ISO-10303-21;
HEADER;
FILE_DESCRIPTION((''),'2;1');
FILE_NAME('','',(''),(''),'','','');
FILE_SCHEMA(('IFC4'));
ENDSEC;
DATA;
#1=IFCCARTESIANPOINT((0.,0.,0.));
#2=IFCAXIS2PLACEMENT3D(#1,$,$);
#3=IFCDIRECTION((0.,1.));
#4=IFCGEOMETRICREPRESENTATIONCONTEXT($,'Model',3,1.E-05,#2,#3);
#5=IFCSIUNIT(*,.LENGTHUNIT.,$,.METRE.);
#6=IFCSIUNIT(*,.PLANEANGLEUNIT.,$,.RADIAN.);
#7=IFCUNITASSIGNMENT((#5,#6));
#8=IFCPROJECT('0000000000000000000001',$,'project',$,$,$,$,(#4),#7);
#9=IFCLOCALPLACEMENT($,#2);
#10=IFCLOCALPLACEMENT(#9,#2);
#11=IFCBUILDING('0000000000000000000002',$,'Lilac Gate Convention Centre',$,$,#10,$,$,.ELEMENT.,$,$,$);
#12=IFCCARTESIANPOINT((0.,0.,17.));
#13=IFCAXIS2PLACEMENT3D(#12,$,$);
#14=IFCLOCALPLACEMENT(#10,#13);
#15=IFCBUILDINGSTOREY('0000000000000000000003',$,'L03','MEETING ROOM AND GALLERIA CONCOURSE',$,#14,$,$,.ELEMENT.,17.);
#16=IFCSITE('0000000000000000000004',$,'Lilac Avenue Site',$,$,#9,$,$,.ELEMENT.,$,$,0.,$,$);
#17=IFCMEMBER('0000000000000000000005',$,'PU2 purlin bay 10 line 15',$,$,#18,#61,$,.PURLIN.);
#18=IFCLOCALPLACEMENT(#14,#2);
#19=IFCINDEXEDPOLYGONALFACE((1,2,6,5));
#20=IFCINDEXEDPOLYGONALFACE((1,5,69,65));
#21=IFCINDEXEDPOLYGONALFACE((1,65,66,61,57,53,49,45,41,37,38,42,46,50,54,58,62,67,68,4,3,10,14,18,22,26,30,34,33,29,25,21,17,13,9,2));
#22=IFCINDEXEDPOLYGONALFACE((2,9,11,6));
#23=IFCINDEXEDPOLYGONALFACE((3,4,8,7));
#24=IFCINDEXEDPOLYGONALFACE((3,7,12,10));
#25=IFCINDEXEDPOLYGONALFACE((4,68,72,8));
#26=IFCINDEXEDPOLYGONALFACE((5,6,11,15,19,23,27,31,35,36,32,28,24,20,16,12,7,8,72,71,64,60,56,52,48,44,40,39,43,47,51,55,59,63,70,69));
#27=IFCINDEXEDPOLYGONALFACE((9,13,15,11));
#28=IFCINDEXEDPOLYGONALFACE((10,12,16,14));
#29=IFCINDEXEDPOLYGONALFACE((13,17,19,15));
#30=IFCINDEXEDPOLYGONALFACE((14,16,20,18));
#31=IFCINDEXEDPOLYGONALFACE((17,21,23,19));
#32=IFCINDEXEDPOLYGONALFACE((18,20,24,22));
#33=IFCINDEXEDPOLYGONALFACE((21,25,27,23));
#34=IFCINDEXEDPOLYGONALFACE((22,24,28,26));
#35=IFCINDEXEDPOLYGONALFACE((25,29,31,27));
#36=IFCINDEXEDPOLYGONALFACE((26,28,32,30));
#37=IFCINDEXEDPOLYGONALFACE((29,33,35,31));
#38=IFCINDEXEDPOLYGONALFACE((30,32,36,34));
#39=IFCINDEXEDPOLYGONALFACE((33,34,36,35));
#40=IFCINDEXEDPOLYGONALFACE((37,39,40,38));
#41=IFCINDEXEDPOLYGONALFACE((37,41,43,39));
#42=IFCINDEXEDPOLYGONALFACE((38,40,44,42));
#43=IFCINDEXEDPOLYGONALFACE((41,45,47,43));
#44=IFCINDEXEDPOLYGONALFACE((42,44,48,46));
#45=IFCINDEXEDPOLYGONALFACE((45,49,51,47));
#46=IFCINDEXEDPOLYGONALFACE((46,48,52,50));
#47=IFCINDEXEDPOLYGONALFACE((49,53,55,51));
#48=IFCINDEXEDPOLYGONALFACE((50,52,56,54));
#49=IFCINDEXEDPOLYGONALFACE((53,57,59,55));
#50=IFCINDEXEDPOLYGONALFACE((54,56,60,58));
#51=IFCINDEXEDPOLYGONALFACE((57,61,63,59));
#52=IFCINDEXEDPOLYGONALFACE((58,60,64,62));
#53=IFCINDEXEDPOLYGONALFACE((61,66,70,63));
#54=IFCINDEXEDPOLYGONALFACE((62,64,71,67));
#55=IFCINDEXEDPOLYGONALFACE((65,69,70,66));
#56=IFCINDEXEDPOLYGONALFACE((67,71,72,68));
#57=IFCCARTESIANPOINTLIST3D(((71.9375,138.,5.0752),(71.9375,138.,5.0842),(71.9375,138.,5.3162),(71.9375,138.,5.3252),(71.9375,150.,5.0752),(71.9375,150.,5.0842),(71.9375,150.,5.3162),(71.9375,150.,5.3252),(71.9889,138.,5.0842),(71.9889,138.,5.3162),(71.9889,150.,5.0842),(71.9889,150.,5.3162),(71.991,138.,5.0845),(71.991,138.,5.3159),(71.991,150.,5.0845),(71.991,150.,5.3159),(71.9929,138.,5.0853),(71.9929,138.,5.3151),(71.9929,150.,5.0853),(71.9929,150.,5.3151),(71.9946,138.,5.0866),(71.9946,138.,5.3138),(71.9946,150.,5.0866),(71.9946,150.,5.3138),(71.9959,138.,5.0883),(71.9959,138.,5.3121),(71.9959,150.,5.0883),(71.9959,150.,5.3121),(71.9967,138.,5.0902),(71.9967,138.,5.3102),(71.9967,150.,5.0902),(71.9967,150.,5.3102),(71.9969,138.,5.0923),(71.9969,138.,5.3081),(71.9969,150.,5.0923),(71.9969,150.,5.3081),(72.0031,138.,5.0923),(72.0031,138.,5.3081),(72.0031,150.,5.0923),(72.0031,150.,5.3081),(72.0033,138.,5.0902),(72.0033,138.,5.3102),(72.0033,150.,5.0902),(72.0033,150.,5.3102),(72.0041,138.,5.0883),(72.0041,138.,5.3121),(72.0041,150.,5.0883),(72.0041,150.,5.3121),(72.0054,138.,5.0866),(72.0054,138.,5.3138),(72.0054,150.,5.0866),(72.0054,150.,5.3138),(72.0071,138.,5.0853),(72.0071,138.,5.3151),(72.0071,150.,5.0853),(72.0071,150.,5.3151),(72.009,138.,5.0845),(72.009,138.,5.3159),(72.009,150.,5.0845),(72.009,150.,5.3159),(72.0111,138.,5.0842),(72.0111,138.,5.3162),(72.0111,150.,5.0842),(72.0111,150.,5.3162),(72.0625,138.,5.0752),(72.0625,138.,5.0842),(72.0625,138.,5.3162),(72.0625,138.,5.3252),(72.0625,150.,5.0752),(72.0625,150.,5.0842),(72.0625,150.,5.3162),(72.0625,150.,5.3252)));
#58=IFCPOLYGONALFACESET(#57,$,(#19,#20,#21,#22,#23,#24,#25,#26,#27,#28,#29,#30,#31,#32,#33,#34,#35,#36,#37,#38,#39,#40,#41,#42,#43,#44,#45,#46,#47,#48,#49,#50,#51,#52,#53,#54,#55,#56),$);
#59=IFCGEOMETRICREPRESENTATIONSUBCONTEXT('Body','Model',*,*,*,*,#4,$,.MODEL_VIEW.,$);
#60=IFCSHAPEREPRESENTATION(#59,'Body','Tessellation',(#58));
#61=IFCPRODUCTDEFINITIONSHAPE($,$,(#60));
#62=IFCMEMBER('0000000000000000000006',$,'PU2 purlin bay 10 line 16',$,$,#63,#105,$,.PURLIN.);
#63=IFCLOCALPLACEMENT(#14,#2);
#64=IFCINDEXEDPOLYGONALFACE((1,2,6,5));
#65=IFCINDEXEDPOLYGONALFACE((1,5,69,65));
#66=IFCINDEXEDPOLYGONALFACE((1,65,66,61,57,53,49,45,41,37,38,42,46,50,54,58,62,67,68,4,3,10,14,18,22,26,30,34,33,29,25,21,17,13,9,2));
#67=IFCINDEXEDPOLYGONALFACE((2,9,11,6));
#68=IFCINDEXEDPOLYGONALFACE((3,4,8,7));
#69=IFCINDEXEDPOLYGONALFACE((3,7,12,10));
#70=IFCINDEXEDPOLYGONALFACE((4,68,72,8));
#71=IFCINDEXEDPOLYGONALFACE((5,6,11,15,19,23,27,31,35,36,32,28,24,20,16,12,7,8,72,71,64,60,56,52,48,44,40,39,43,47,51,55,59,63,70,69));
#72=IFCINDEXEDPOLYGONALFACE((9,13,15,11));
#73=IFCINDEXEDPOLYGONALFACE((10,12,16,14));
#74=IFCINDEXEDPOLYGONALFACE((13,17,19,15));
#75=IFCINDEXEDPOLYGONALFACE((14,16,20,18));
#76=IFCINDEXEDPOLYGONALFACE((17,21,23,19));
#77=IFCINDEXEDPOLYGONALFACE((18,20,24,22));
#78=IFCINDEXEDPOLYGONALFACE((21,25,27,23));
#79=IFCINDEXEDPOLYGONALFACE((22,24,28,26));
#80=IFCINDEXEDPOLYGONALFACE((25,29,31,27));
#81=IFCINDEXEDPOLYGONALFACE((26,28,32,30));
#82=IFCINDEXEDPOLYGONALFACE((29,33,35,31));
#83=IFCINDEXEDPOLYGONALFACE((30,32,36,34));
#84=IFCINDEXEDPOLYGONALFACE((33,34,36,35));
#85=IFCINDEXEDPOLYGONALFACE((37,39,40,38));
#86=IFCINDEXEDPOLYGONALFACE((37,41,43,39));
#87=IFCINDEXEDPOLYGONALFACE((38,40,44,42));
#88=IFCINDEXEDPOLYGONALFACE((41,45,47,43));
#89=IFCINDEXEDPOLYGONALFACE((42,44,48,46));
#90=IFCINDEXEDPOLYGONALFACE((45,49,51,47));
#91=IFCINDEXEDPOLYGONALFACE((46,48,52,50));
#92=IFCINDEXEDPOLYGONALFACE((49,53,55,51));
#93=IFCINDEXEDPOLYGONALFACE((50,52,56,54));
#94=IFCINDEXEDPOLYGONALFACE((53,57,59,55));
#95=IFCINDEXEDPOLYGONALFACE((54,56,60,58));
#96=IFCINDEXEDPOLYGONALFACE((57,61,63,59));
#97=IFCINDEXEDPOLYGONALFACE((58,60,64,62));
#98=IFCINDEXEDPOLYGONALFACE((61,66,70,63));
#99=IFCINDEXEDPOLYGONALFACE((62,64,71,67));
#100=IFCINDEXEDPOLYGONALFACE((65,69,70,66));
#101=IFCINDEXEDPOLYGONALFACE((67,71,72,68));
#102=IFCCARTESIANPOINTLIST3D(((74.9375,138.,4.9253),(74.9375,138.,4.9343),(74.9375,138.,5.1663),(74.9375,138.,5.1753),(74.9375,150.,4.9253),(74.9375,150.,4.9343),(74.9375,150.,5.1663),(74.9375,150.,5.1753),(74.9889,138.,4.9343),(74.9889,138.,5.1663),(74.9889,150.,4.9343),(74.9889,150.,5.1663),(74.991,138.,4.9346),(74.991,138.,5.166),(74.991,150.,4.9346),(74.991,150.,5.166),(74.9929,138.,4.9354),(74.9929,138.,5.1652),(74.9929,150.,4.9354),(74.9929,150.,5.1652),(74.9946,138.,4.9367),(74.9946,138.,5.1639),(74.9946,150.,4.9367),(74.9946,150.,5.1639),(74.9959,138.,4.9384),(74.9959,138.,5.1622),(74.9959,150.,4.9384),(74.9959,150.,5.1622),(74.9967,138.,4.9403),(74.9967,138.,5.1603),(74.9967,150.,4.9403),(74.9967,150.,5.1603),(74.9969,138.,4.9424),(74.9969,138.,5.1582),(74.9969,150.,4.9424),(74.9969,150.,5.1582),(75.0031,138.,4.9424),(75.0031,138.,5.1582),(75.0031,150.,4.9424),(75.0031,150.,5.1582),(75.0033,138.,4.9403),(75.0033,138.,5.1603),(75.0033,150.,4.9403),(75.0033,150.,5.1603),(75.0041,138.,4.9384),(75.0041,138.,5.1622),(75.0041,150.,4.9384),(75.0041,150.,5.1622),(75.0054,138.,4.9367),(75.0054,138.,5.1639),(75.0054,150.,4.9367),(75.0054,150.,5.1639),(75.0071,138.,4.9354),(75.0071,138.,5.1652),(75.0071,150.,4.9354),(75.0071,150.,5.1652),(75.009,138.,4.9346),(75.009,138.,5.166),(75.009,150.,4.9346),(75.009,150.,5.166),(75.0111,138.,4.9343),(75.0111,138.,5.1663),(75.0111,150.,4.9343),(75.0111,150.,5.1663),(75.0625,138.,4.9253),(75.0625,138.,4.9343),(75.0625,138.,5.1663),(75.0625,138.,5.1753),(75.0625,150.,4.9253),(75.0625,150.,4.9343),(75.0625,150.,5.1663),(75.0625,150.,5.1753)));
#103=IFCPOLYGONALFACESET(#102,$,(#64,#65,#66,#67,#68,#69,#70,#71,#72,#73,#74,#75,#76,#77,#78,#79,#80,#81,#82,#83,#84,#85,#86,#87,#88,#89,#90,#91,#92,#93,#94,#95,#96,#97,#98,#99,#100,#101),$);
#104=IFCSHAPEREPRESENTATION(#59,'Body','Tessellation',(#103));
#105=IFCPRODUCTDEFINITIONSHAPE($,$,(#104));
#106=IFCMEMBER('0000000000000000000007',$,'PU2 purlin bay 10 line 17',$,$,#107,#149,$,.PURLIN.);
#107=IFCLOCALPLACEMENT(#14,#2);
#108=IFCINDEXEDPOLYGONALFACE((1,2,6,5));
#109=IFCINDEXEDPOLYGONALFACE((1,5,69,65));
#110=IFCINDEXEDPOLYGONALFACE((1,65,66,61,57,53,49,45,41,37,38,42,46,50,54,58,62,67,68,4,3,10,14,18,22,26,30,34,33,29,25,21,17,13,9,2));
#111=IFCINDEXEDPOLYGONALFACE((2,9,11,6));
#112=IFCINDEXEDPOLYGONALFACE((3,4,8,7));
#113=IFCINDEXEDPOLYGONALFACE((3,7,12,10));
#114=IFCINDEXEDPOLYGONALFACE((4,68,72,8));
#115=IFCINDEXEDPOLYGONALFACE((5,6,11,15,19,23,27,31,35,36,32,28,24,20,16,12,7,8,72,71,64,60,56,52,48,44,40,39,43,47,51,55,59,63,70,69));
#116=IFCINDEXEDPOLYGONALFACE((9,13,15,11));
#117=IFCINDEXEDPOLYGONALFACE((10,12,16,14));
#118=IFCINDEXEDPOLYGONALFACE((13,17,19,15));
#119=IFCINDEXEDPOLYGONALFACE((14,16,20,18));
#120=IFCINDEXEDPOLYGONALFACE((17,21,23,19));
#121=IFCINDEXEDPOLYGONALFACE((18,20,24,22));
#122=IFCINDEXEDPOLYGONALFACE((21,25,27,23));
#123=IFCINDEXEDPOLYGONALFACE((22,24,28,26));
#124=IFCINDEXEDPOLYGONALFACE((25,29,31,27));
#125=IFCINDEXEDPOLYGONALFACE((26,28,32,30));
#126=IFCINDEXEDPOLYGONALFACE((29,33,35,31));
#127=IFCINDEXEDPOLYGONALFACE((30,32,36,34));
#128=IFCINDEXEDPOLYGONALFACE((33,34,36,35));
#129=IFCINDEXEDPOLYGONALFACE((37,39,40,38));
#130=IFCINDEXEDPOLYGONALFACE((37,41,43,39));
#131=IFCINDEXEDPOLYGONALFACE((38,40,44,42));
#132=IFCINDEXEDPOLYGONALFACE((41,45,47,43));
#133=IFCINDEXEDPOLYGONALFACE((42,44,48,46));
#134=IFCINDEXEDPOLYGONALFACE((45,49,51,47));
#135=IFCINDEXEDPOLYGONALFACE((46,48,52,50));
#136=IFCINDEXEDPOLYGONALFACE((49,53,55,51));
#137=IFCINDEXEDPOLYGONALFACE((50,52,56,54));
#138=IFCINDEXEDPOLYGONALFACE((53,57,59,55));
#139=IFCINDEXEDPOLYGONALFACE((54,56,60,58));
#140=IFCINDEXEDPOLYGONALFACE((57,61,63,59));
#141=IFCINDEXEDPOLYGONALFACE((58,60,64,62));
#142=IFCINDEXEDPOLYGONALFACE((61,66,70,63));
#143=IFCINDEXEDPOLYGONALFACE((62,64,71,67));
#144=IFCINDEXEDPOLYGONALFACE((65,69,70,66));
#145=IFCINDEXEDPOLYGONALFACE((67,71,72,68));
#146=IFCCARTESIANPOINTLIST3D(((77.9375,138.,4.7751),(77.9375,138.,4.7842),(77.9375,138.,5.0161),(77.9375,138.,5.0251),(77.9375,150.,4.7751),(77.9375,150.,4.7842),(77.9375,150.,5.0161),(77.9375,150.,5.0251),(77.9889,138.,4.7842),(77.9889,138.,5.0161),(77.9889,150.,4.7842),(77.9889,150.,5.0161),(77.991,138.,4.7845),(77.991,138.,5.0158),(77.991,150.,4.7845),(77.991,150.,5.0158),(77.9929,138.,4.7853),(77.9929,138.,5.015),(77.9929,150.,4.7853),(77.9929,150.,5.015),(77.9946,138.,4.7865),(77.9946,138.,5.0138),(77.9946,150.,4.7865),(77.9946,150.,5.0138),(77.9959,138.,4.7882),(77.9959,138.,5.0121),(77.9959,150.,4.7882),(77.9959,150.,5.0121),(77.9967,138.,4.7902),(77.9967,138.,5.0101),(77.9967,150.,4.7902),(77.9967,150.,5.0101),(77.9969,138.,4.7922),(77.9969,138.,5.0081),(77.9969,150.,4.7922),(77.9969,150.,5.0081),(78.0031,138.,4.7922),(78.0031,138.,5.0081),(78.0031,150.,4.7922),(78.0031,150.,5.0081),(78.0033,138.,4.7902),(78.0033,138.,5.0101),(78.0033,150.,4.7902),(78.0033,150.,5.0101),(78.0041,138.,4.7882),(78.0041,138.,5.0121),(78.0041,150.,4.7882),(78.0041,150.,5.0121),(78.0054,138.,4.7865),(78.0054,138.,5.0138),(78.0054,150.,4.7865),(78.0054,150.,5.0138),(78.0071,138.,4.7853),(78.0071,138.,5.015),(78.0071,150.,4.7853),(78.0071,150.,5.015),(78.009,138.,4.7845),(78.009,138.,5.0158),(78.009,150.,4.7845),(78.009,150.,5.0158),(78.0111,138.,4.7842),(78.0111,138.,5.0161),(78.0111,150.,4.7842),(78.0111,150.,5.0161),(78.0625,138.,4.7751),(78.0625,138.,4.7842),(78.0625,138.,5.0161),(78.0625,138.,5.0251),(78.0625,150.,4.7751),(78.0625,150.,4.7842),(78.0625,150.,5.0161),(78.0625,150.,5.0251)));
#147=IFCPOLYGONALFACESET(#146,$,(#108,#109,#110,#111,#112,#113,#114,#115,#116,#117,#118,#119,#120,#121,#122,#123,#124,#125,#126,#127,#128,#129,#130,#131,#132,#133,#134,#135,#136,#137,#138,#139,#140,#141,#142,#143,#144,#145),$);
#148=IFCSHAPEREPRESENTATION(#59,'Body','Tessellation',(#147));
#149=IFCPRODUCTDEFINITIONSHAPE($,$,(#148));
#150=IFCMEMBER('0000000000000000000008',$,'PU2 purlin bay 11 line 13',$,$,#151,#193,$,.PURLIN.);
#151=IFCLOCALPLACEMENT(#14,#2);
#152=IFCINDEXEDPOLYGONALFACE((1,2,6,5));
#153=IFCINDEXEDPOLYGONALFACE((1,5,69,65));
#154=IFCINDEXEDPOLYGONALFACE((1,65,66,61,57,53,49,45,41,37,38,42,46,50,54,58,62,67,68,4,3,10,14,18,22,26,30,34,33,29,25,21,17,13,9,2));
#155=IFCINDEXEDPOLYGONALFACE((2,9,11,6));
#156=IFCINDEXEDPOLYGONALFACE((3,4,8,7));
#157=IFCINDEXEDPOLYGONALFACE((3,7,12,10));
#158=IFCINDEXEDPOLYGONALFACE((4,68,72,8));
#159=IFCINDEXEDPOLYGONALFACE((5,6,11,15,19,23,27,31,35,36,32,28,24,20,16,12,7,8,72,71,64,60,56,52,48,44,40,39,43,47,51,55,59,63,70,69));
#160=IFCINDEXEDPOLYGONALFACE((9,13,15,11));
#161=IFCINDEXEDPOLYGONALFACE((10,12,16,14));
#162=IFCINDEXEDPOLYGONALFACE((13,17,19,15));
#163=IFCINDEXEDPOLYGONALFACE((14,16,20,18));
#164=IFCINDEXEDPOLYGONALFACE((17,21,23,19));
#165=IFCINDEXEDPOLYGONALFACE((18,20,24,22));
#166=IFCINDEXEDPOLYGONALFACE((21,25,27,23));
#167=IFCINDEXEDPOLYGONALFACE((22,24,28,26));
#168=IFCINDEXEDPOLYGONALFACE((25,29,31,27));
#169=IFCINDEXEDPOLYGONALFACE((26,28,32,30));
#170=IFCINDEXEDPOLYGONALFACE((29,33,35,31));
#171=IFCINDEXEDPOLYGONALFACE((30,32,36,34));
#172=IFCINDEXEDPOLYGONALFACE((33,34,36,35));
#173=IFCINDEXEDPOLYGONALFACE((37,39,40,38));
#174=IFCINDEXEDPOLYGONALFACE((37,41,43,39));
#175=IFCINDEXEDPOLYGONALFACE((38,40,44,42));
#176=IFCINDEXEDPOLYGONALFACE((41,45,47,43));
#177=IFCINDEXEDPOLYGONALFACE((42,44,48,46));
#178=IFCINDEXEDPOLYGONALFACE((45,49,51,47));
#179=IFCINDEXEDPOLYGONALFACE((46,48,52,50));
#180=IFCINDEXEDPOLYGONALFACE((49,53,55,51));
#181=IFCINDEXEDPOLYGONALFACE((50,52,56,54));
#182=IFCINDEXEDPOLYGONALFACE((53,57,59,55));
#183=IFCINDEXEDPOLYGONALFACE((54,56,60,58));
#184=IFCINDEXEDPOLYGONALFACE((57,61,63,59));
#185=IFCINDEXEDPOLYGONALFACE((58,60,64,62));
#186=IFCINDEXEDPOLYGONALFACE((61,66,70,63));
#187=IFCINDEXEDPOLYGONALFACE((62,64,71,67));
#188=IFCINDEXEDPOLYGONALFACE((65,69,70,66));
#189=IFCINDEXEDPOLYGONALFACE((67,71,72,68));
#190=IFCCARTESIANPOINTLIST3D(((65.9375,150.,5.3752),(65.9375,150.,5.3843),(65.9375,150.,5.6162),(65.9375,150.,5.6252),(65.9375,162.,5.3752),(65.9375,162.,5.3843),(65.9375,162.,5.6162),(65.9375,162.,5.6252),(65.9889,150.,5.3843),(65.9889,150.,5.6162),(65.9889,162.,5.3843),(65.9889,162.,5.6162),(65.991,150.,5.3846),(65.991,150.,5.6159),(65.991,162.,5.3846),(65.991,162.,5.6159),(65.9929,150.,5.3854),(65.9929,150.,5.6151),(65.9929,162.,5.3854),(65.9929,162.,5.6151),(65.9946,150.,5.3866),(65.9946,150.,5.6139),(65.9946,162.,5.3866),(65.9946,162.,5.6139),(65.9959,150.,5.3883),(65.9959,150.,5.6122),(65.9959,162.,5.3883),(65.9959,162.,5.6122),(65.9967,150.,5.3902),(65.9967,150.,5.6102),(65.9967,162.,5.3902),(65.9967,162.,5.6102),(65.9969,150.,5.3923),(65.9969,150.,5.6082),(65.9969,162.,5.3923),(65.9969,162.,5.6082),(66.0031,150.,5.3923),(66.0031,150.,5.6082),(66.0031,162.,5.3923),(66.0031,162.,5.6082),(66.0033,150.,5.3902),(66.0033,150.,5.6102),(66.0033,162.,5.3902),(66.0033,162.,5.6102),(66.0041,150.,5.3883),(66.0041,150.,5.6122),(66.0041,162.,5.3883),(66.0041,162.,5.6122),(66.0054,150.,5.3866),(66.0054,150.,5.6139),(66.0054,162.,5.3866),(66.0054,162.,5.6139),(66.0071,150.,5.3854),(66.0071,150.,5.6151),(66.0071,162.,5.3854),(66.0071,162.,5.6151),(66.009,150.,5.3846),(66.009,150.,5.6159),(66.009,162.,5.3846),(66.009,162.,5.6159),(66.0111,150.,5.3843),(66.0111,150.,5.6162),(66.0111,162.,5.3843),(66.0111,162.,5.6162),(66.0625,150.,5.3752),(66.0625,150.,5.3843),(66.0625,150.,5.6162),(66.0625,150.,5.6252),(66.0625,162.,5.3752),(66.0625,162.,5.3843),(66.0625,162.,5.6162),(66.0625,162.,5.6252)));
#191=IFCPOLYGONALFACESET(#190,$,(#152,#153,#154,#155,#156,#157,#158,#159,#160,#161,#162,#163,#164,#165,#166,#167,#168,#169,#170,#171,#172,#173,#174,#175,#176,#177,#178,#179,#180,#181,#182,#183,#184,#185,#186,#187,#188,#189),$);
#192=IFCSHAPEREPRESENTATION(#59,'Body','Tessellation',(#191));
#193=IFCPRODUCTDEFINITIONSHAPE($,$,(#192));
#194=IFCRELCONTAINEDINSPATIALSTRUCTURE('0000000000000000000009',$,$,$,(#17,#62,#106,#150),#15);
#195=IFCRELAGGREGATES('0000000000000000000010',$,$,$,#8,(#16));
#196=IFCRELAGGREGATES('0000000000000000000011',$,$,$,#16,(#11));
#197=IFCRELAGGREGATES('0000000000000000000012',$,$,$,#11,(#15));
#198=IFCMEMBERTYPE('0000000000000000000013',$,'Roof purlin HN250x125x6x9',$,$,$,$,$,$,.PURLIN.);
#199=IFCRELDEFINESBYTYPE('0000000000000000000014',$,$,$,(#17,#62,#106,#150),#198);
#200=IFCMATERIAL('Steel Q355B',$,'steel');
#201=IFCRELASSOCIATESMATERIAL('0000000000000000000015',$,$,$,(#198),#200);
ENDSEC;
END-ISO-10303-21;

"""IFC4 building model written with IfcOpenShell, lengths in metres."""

from ifc_helpers import new_model, si_unit, direction, frame, origin, origin_2d, place, context, subcontext, project, spatial, i_section, extrude, material, material_profile, profile_set, type_object, element, save


model = new_model("IFC4")

# Units and contexts
model_context = context("Model", 3, precision=1e-05, world=origin(), true_north=direction((0.0, 1.0)))
body_context = subcontext(model_context, "Body", "Model", "MODEL_VIEW")
ifc_project = project(units=[si_unit("LENGTHUNIT", "METRE"), si_unit("PLANEANGLEUNIT", "RADIAN")], contexts=[model_context])

# Site, building, storey
site_placement = place(None, origin())
site = spatial("IfcSite", under=ifc_project, at=site_placement, Name="Lilac Avenue Site", CompositionType="ELEMENT", RefElevation=0.0)
building_placement = place(site_placement, origin())
building = spatial("IfcBuilding", under=site, at=building_placement, Name="Lilac Gate Convention Centre", CompositionType="ELEMENT")
storey_placement = place(building_placement, frame((0.0, 0.0, 17.0)))
storey = spatial("IfcBuildingStorey", under=building, at=storey_placement, Name="L03", Description="MEETING ROOM AND GALLERIA CONCOURSE", CompositionType="ELEMENT", Elevation=17.0)

# Members
ifc_material = material(Name="Steel Q355B", Category="steel")
ifc_material_profile_1 = material_profile(ifc_material, i_section(OverallWidth=0.125, OverallDepth=0.25, WebThickness=0.0061, FlangeThickness=0.009, FilletRadius=0.0081, at=origin_2d()), Name="HN250x125x6x9")
ifc_profile_set_1 = profile_set([ifc_material_profile_1], Name="Steel Q355B")
member_type_1 = type_object("IfcMemberType", Name="Roof purlin HN250x125x6x9", PredefinedType="PURLIN", material=ifc_profile_set_1)
for number, where, z_axis, x_axis, name in (
    (1, (72.0, 138.0, 5.2002), (0.0, 1.0, 0.0), (-1.0, 0.0, 0.0), "PU2 purlin bay 10 line 15"),
    (2, (75.0, 138.0, 5.0503), (0.0, 1.0, 0.0), (-1.0, 0.0, 0.0), "PU2 purlin bay 10 line 16"),
    (3, (78.0, 138.0, 4.9001), (0.0, 1.0, 0.0), (-1.0, 0.0, 0.0), "PU2 purlin bay 10 line 17"),
    (4, (66.0, 150.0, 5.5002), (0.0, 1.0, 0.0), (-1.0, 0.0, 0.0), "PU2 purlin bay 11 line 13"),
):
    element("IfcMember", number, at=place(storey_placement, frame(where, z_axis=z_axis, x_axis=x_axis)), inside=storey, type_object=member_type_1, Name=name, PredefinedType="PURLIN", context=body_context, shape_type="SweptSolid", body=[
        extrude(i_section(OverallWidth=0.125, OverallDepth=0.25, WebThickness=0.0061, FlangeThickness=0.009, FilletRadius=0.0081, at=origin_2d()), origin(), (0.0, 0.0, 1.0), 12.0),
    ])

save(model, "model.ifc")
